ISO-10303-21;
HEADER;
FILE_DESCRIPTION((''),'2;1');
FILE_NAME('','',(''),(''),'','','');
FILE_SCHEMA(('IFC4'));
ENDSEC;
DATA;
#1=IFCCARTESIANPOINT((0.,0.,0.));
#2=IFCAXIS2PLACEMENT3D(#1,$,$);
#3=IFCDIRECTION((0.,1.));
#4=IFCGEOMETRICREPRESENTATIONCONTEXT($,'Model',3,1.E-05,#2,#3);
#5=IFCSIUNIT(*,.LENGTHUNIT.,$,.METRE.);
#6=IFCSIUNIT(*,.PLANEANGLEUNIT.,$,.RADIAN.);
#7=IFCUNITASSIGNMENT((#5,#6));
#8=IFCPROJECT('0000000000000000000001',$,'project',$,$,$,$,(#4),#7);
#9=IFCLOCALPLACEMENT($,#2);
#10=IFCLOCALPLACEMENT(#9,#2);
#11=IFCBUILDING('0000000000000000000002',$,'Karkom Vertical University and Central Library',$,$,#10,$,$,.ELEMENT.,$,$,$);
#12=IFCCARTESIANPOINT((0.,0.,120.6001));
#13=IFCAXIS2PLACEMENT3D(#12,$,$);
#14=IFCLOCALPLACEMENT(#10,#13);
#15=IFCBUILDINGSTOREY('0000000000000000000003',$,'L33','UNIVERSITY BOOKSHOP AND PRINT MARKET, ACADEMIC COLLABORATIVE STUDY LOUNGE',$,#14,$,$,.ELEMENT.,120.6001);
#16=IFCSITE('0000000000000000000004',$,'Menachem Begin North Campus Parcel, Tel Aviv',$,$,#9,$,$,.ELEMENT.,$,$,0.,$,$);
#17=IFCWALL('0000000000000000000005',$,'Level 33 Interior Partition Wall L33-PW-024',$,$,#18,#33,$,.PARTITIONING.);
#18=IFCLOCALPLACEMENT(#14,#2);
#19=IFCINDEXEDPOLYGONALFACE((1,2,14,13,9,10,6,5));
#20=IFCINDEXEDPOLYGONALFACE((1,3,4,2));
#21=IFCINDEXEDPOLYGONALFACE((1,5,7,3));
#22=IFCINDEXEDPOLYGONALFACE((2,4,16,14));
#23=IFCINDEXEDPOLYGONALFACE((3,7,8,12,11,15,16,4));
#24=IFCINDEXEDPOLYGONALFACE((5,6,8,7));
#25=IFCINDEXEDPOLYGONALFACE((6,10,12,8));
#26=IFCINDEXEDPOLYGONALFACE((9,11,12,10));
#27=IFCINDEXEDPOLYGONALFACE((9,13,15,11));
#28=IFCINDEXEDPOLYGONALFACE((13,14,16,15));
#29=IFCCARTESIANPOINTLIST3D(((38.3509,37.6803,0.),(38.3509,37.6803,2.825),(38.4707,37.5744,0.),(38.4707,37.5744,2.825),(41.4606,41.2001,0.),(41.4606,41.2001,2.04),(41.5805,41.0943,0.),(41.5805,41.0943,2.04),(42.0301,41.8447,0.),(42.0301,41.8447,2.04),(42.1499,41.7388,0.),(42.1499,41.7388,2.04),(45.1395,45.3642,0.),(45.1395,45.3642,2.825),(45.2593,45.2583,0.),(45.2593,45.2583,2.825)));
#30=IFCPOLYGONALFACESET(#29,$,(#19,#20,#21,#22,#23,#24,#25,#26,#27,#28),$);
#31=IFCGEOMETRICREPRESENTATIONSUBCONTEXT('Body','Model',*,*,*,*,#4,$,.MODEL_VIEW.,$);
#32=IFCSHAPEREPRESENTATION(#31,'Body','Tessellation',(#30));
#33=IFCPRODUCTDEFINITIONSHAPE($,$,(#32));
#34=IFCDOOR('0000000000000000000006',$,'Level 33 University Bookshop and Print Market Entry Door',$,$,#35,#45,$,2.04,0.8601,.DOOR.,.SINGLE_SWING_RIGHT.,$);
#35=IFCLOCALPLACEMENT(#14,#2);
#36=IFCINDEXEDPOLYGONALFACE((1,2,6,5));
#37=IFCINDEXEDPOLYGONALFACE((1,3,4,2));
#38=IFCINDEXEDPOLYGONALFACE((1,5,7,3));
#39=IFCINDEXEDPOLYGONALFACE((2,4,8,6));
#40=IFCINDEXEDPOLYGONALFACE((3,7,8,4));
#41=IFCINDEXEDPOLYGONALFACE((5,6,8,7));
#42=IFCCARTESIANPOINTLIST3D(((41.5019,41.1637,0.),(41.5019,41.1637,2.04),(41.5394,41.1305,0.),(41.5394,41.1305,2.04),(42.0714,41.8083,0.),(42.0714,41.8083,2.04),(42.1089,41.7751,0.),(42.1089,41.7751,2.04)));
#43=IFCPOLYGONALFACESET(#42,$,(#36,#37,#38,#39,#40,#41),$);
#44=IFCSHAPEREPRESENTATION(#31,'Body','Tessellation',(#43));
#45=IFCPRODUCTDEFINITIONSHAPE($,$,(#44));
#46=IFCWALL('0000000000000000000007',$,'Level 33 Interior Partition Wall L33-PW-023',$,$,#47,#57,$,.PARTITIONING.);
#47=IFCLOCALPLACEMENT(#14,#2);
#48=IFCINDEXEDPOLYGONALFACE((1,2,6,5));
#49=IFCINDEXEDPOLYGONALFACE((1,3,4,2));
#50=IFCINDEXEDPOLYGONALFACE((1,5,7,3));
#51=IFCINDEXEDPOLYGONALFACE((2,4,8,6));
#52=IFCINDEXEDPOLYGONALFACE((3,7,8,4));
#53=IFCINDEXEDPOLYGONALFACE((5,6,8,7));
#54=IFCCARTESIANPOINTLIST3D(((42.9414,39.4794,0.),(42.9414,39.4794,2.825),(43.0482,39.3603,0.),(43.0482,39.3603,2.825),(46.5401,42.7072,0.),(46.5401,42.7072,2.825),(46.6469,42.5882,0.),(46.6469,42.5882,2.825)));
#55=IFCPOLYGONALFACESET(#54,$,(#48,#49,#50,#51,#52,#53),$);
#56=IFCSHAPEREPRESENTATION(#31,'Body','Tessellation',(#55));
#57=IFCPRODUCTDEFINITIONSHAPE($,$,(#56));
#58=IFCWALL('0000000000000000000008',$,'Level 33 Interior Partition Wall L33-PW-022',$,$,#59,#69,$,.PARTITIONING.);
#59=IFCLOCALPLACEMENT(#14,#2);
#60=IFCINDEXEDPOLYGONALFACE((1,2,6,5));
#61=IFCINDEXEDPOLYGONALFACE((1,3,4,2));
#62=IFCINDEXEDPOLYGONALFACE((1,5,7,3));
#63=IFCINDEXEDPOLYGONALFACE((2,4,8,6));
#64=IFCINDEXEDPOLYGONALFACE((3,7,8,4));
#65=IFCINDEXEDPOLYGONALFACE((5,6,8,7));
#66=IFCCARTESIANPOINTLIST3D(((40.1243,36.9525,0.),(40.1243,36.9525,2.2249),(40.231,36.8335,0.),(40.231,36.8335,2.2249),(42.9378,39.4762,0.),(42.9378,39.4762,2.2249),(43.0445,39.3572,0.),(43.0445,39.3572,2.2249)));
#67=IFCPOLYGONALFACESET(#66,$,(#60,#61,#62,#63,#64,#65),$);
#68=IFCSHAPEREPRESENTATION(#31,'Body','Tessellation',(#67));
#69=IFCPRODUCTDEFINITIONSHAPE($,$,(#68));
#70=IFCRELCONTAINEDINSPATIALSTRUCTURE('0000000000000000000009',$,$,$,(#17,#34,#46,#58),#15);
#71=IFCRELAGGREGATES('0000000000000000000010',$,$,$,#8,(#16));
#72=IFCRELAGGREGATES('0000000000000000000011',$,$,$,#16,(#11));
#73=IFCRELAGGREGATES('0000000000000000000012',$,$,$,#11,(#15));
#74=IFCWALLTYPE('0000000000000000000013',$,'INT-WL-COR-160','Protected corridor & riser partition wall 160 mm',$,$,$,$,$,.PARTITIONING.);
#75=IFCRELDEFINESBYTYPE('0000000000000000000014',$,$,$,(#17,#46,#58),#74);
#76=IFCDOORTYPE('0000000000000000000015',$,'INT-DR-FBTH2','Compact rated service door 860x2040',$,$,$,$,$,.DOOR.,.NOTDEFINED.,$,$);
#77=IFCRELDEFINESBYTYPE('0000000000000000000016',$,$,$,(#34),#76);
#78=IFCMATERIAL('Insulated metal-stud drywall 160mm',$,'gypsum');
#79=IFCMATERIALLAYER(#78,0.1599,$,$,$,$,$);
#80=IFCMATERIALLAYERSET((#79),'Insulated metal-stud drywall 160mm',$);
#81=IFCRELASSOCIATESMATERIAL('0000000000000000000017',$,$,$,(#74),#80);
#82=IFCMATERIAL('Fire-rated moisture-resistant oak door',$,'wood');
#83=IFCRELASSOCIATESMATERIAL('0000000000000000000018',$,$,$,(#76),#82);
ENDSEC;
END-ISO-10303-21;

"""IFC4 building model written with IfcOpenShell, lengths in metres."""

from ifc_helpers import new_model, si_unit, direction, frame, frame_2d, origin, origin_with_axes, place, context, subcontext, project, spatial, rectangle, extrude, source, transform, mapped, material, layer, layer_set, type_object, element, fill, save


model = new_model("IFC4")

# Units and contexts
model_context = context("Model", 3, precision=1e-05, world=origin(), true_north=direction((0.0, 1.0)))
body_context = subcontext(model_context, "Body", "Model", "MODEL_VIEW")
ifc_project = project(units=[si_unit("LENGTHUNIT", "METRE"), si_unit("PLANEANGLEUNIT", "RADIAN")], contexts=[model_context])

# Site, building, storey
site_placement = place(None, origin())
site = spatial("IfcSite", under=ifc_project, at=site_placement, Name="Menachem Begin North Campus Parcel, Tel Aviv", CompositionType="ELEMENT", RefElevation=0.0)
building_placement = place(site_placement, origin())
building = spatial("IfcBuilding", under=site, at=building_placement, Name="Karkom Vertical University and Central Library", CompositionType="ELEMENT")
storey_placement = place(building_placement, frame((0.0, 0.0, 120.6001)))
storey = spatial("IfcBuildingStorey", under=building, at=storey_placement, Name="L33", Description="UNIVERSITY BOOKSHOP AND PRINT MARKET, ACADEMIC COLLABORATIVE STUDY LOUNGE", CompositionType="ELEMENT", Elevation=120.6001)

# Shared definitions
ifc_material_1 = material(Name="Insulated metal-stud drywall 160mm", Category="gypsum")
ifc_layer_1 = layer(ifc_material_1, 0.1599)
ifc_layer_set_1 = layer_set([ifc_layer_1], Name="Insulated metal-stud drywall 160mm")
wall_type_1 = type_object("IfcWallType", Name="INT-WL-COR-160", Description="Protected corridor & riser partition wall 160 mm", PredefinedType="PARTITIONING", material=ifc_layer_set_1)

# Wall, opening, door
wall_1_placement = place(storey_placement, frame((38.4109, 37.6274, 0.0), z_axis=(0.0, 0.0, 1.0), x_axis=(0.6621, 0.749416, 0.0)))
wall_1 = element("IfcWall", 1, at=wall_1_placement, inside=storey, type_object=wall_type_1, Name="Level 33 Interior Partition Wall L33-PW-024", PredefinedType="PARTITIONING", context=body_context, shape_type="SweptSolid", body=[
    extrude(rectangle(XDim=10.2532, YDim=0.1599, at=frame_2d((5.1265, 0.0))), origin(), (0.0, 0.0, 1.0), 2.825),
])
opening_1_placement = place(wall_1_placement, frame((4.6965, 0.0, 0.0)))
opening_1 = element("IfcOpeningElement", 2, at=opening_1_placement, cuts=wall_1, PredefinedType="OPENING", context=body_context, shape_type="SweptSolid", body=[
    extrude(rectangle(XDim=0.8601, YDim=2.04, at=frame_2d((0.4302, 1.02))), frame((0.0, 0.0898, 0.0), z_axis=(0.0, -1.0, 0.0), x_axis=(1.0, 0.0, 0.0)), (0.0, 0.0, 1.0), 0.1799),
])
ifc_material_2 = material(Name="Fire-rated moisture-resistant oak door", Category="wood")
door_type_1 = type_object("IfcDoorType", Name="INT-DR-FBTH2", Description="Compact rated service door 860x2040", OperationType="NOTDEFINED", PredefinedType="DOOR", material=ifc_material_2)
shared_shape_1 = source(origin_with_axes(), body_context, "Body", "SweptSolid", [
    extrude(rectangle(XDim=0.8601, YDim=2.04, at=frame_2d((0.4302, 1.02))), frame((0.0, 0.0249, 0.0), z_axis=(0.0, -1.0, 0.0), x_axis=(1.0, 0.0, 0.0)), (0.0, 0.0, 1.0), 0.05),
])
door_1_placement = place(opening_1_placement, origin())
door_1 = element("IfcDoor", 3, at=door_1_placement, inside=storey, type_object=door_type_1, Name="Level 33 University Bookshop and Print Market Entry Door", OperationType="SINGLE_SWING_RIGHT", OverallHeight=2.04, OverallWidth=0.8601, PredefinedType="DOOR", context=body_context, shape_type="MappedRepresentation", body=[
    mapped(shared_shape_1, transform((0.0, 0.0, 0.0), scale=1.0)),
])
fill(opening_1, door_1)

# Walls
wall_2_placement = place(storey_placement, frame((42.9949, 39.4199, 0.0), z_axis=(0.0, 0.0, 1.0), x_axis=(0.744423, 0.667708, 0.0)))
element("IfcWall", 4, at=wall_2_placement, inside=storey, type_object=wall_type_1, Name="Level 33 Interior Partition Wall L33-PW-023", PredefinedType="PARTITIONING", context=body_context, shape_type="SweptSolid", body=[
    extrude(rectangle(XDim=4.8342, YDim=0.1599, at=frame_2d((2.417, 0.0))), origin(), (0.0, 0.0, 1.0), 2.825),
])
wall_3_placement = place(storey_placement, frame((40.1777, 36.8931, 0.0), z_axis=(0.0, 0.0, 1.0), x_axis=(0.744404, 0.667729, 0.0)))
element("IfcWall", 5, at=wall_3_placement, inside=storey, type_object=wall_type_1, Name="Level 33 Interior Partition Wall L33-PW-022", PredefinedType="PARTITIONING", context=body_context, shape_type="SweptSolid", body=[
    extrude(rectangle(XDim=3.7795, YDim=0.1599, at=frame_2d((1.8896, 0.0))), origin(), (0.0, 0.0, 1.0), 2.2249),
])

save(model, "model.ifc")
